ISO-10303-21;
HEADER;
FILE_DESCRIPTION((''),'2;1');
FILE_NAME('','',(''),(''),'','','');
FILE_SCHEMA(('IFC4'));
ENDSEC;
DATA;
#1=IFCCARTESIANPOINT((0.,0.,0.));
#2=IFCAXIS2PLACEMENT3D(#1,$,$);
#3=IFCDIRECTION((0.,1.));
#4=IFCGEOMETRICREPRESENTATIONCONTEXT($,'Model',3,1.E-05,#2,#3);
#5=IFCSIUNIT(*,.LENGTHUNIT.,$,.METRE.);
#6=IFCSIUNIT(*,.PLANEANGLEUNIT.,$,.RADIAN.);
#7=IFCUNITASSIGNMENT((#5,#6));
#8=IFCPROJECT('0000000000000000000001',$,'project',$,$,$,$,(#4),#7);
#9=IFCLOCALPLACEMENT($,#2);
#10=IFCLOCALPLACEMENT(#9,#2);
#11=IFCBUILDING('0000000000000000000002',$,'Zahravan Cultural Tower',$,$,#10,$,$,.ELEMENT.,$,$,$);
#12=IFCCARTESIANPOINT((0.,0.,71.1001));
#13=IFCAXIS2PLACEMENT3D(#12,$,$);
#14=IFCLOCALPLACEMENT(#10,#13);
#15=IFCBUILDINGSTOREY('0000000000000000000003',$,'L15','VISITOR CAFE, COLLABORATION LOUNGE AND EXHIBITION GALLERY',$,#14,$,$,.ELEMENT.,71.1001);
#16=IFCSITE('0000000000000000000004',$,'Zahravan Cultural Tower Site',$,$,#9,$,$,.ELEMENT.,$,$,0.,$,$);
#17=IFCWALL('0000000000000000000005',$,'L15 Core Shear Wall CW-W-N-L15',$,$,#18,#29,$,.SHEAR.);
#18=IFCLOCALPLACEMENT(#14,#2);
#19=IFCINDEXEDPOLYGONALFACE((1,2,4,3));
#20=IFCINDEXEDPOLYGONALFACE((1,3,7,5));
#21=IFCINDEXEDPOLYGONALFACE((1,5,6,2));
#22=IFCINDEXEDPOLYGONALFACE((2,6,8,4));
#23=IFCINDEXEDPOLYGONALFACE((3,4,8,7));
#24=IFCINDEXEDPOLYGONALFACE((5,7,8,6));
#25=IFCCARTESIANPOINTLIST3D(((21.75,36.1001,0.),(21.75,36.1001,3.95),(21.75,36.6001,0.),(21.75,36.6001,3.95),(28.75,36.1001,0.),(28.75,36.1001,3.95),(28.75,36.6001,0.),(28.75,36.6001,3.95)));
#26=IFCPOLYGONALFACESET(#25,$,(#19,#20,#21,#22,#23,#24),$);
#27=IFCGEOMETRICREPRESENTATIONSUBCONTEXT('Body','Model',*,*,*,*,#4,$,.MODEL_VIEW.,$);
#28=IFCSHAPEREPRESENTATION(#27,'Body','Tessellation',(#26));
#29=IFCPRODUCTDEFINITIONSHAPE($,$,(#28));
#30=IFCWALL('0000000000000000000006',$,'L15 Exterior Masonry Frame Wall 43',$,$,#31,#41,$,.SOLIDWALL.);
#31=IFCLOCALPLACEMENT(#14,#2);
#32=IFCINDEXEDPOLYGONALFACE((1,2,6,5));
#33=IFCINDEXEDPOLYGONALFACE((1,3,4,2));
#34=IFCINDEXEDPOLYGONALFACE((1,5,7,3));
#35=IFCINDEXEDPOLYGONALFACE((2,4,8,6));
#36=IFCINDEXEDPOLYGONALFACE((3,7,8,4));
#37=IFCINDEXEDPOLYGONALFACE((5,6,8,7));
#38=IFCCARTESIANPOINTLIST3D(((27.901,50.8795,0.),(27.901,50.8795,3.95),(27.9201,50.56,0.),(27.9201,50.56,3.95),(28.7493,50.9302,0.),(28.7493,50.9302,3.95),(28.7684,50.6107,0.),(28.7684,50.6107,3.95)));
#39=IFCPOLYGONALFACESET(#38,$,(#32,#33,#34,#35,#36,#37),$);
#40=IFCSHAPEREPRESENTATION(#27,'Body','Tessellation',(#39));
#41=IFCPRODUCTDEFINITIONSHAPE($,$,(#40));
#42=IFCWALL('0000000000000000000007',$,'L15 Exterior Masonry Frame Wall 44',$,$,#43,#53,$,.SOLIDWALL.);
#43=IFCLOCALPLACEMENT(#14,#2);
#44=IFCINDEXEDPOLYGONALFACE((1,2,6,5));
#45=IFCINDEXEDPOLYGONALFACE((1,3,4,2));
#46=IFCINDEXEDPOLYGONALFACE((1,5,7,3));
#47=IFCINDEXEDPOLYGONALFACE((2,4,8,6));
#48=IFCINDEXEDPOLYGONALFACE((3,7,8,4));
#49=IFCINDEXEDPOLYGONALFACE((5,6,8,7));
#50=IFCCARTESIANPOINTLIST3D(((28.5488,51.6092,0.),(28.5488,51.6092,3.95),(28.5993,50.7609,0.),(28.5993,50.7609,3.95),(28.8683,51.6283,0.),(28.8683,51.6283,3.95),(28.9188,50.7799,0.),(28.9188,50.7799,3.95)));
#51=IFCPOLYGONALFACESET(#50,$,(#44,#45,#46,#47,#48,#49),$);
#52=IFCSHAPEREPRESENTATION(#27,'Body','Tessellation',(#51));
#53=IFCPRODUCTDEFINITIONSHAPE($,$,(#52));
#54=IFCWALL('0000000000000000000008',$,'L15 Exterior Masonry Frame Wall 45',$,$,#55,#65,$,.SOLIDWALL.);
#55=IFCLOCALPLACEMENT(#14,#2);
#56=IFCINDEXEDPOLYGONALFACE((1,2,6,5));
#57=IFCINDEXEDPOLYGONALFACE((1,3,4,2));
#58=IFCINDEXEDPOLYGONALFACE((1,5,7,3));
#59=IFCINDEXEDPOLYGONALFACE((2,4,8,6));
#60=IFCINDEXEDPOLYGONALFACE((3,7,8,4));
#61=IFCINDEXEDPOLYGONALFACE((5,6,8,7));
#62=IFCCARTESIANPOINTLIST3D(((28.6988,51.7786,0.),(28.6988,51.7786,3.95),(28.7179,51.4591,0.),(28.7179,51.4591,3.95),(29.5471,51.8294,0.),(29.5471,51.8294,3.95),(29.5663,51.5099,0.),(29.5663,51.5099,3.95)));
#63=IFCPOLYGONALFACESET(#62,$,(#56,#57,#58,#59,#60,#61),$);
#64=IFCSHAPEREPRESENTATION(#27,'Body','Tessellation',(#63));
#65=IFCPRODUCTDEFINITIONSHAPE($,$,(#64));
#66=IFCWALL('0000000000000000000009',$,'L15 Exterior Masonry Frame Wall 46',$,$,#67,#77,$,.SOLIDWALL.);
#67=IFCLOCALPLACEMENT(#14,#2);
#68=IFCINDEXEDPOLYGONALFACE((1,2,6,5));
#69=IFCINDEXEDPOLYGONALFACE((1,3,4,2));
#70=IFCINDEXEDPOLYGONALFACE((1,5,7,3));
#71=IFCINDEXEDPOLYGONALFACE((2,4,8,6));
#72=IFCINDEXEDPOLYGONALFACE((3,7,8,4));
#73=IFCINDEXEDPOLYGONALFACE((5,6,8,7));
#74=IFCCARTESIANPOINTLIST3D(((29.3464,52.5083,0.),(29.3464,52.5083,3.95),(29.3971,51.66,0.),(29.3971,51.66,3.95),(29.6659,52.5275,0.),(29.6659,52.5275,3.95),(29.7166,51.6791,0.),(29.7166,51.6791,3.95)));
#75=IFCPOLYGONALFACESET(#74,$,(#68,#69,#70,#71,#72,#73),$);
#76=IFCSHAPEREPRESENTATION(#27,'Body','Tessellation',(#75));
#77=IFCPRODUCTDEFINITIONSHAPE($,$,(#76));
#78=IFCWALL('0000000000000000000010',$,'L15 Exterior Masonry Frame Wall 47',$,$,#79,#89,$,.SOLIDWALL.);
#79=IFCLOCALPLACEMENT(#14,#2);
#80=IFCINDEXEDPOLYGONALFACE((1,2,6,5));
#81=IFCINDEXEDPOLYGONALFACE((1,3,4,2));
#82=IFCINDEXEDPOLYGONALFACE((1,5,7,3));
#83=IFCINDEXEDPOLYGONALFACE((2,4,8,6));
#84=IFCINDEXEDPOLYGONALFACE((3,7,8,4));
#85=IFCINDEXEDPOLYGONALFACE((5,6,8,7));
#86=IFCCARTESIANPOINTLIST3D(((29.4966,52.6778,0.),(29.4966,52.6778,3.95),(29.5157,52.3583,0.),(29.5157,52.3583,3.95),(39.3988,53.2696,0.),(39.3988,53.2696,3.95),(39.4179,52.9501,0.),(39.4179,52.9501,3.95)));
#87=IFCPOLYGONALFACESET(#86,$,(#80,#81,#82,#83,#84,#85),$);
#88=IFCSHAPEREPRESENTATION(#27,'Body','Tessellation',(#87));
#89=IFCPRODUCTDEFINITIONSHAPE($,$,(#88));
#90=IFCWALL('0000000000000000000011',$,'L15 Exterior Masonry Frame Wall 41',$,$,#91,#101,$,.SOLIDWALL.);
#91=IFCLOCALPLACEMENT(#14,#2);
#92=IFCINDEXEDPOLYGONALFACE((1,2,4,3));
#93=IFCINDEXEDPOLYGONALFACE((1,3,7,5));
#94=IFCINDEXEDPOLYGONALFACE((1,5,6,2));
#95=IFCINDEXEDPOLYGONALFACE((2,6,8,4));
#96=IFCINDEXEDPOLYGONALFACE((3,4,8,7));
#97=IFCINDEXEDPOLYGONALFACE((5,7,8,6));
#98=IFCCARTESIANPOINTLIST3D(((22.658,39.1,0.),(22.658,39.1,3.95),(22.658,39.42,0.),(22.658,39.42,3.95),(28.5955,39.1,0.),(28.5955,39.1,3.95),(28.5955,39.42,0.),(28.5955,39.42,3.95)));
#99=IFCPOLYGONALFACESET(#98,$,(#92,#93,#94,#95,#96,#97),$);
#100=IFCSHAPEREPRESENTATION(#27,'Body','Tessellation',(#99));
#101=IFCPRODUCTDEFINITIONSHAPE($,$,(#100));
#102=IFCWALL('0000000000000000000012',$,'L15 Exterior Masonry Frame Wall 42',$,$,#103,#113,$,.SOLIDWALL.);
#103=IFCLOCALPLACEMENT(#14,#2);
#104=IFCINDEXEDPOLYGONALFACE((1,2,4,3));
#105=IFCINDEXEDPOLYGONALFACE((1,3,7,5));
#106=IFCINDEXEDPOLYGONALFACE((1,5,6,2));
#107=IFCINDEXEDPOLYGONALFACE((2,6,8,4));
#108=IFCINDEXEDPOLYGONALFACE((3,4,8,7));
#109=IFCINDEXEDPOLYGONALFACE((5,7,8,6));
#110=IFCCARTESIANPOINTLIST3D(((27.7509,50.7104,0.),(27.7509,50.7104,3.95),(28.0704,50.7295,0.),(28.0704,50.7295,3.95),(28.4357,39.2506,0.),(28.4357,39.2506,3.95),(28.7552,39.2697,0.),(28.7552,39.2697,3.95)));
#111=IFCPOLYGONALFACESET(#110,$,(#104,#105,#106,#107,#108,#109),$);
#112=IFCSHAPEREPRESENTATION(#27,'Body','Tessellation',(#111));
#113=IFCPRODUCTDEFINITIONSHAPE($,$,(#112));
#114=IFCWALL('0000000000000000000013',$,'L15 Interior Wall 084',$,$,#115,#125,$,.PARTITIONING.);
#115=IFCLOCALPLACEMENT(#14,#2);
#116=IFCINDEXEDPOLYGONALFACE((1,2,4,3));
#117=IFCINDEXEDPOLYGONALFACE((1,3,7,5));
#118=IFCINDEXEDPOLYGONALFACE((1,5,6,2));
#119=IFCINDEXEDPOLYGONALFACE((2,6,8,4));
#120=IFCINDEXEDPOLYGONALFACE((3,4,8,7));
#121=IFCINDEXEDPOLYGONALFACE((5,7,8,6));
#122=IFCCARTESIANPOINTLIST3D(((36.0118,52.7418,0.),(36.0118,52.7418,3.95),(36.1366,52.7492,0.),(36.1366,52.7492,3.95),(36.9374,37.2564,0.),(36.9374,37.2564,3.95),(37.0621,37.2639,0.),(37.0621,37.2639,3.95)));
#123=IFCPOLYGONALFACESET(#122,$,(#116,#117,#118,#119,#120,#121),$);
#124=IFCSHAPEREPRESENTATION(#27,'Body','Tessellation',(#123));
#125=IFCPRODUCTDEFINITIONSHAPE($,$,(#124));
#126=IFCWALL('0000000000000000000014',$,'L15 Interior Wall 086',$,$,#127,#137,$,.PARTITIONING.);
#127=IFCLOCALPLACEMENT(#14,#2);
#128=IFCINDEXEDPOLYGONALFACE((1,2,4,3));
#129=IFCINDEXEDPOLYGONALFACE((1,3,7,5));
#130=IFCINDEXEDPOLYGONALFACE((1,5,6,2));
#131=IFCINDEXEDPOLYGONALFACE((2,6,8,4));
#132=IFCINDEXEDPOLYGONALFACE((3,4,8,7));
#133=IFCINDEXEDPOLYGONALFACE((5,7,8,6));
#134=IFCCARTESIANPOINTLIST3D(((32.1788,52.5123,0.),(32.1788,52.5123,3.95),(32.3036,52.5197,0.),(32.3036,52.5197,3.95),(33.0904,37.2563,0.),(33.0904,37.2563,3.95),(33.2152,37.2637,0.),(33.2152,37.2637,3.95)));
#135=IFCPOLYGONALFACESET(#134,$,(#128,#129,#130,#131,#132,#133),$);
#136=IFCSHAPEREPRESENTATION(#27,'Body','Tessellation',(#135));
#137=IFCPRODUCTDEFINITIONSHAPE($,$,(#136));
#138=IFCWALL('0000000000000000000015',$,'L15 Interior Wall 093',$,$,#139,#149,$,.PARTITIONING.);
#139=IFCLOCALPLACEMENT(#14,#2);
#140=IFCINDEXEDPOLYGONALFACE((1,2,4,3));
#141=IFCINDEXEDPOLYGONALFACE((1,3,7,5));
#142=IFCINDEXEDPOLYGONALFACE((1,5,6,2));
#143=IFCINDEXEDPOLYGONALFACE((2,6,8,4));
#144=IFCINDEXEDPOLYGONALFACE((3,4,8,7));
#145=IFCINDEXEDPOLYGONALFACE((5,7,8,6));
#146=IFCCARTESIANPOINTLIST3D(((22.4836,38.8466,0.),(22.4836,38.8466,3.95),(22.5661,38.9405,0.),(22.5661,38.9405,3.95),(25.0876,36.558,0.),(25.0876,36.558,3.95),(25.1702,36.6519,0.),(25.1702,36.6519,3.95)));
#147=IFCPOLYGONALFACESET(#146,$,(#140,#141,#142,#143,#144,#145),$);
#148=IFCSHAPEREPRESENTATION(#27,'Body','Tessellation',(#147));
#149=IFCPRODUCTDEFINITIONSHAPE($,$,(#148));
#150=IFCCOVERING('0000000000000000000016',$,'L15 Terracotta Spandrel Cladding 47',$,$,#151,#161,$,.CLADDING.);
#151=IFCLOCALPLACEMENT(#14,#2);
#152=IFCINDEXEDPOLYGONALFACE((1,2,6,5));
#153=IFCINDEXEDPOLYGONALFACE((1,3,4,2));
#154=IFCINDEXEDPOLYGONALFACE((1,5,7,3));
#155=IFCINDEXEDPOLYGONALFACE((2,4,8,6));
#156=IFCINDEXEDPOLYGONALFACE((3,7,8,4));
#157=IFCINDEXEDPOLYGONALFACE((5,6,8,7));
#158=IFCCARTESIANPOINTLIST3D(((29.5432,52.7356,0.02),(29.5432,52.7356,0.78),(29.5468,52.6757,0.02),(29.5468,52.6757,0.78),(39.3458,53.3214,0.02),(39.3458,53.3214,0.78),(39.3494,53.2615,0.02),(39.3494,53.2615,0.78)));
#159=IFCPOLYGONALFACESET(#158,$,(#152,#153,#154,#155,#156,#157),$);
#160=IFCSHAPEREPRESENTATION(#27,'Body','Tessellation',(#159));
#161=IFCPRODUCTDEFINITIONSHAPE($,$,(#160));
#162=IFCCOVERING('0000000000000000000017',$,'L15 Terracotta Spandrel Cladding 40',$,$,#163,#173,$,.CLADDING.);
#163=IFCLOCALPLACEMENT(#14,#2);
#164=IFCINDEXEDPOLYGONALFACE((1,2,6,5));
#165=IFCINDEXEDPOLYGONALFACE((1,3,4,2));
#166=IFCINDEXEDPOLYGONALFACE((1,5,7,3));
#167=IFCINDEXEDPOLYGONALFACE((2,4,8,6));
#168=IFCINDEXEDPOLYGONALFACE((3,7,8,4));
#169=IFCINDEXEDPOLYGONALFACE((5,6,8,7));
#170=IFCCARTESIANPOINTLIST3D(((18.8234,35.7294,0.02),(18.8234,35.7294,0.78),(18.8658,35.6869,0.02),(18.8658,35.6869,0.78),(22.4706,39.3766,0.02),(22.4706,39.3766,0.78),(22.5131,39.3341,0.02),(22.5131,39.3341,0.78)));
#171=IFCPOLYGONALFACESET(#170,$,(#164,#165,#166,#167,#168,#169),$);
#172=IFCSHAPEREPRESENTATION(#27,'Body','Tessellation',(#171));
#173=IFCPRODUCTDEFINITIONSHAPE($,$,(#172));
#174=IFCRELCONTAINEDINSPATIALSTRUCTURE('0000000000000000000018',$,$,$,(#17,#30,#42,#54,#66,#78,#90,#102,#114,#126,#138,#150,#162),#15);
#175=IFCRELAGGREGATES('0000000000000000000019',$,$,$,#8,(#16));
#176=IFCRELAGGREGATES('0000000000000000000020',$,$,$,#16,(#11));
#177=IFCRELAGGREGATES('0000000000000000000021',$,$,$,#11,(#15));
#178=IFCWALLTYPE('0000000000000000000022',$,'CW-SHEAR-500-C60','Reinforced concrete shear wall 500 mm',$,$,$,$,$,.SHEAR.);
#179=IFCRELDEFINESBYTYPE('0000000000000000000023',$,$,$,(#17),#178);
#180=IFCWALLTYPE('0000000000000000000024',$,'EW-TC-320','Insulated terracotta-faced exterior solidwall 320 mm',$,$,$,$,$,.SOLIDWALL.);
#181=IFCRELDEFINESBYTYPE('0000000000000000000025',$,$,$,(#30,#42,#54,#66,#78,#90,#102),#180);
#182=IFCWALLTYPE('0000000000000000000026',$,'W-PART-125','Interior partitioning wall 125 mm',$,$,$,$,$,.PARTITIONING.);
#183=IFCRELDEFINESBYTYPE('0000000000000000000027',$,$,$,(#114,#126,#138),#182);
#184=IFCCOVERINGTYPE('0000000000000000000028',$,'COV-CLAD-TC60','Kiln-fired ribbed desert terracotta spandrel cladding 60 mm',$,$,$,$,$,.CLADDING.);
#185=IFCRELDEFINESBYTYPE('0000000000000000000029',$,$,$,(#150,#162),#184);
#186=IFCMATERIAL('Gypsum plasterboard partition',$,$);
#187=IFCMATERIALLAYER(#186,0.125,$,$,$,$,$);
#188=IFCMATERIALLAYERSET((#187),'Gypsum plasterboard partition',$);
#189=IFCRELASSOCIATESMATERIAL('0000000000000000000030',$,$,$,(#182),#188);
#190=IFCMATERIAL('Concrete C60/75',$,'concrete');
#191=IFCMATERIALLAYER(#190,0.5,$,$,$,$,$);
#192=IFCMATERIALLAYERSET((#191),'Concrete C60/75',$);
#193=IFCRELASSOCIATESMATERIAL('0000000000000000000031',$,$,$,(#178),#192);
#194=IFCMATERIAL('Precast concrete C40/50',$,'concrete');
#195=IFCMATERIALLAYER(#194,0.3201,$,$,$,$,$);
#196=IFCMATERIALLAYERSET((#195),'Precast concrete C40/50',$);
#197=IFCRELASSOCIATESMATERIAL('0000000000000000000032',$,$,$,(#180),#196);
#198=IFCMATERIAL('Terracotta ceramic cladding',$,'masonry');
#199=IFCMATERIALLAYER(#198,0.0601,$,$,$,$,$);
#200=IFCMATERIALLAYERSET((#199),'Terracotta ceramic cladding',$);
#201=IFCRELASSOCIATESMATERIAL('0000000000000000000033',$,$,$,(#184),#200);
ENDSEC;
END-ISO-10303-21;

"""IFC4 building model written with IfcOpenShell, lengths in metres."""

from ifc_helpers import new_model, si_unit, direction, frame, frame_2d, origin, origin_2d, place, context, subcontext, project, spatial, rectangle, extrude, source, transform, mapped, material, layer, layer_set, type_object, element, save


model = new_model("IFC4")

# Units and contexts
model_context = context("Model", 3, precision=1e-05, world=origin(), true_north=direction((0.0, 1.0)))
body_context = subcontext(model_context, "Body", "Model", "MODEL_VIEW")
ifc_project = project(units=[si_unit("LENGTHUNIT", "METRE"), si_unit("PLANEANGLEUNIT", "RADIAN")], contexts=[model_context])

# Site, building, storey
site_placement = place(None, origin())
site = spatial("IfcSite", under=ifc_project, at=site_placement, Name="Zahravan Cultural Tower Site", CompositionType="ELEMENT", RefElevation=0.0)
building_placement = place(site_placement, origin())
building = spatial("IfcBuilding", under=site, at=building_placement, Name="Zahravan Cultural Tower", CompositionType="ELEMENT")
storey_placement = place(building_placement, frame((0.0, 0.0, 71.1001)))
storey = spatial("IfcBuildingStorey", under=building, at=storey_placement, Name="L15", Description="VISITOR CAFE, COLLABORATION LOUNGE AND EXHIBITION GALLERY", CompositionType="ELEMENT", Elevation=71.1001)

# Shared definitions
ifc_material_1 = material(Name="Concrete C60/75", Category="concrete")

# Shared definitions
ifc_material_2 = material(Name="Gypsum plasterboard partition")
ifc_layer_1 = layer(ifc_material_2, 0.125)
ifc_layer_set_1 = layer_set([ifc_layer_1], Name="Gypsum plasterboard partition")
wall_type_1 = type_object("IfcWallType", Name="W-PART-125", Description="Interior partitioning wall 125 mm", PredefinedType="PARTITIONING", material=ifc_layer_set_1)

# Walls
ifc_layer_2 = layer(ifc_material_1, 0.5)
ifc_layer_set_2 = layer_set([ifc_layer_2], Name="Concrete C60/75")
wall_type_2 = type_object("IfcWallType", Name="CW-SHEAR-500-C60", Description="Reinforced concrete shear wall 500 mm", PredefinedType="SHEAR", material=ifc_layer_set_2)
shared_shape_1 = source(origin(), body_context, "Body", "SweptSolid", [
    extrude(rectangle(XDim=7.0, YDim=0.5, at=frame_2d((3.5, 0.0))), origin(), (0.0, 0.0, 1.0), 3.95),
])
wall_1_placement = place(storey_placement, frame((21.75, 36.3501, 0.0), z_axis=(0.0, 0.0, 1.0), x_axis=(1.0, 0.0, 0.0)))
element("IfcWall", 1, at=wall_1_placement, inside=storey, type_object=wall_type_2, Name="L15 Core Shear Wall CW-W-N-L15", PredefinedType="SHEAR", context=body_context, shape_type="MappedRepresentation", body=[
    mapped(shared_shape_1, transform((0.0, 0.0, 0.0), x_axis=(1.0, 0.0, 0.0), y_axis=(0.0, 1.0, 0.0), z_axis=(0.0, 0.0, 1.0), scale=1.0)),
])
ifc_material_3 = material(Name="Precast concrete C40/50", Category="concrete")
ifc_layer_3 = layer(ifc_material_3, 0.3201)
ifc_layer_set_3 = layer_set([ifc_layer_3], Name="Precast concrete C40/50")
wall_type_3 = type_object("IfcWallType", Name="EW-TC-320", Description="Insulated terracotta-faced exterior solidwall 320 mm", PredefinedType="SOLIDWALL", material=ifc_layer_set_3)
shared_shape_2 = source(origin(), body_context, "Body", "SweptSolid", [
    extrude(rectangle(XDim=0.8499, YDim=0.3201, at=frame_2d((0.4248, 0.0))), origin(), (0.0, 0.0, 1.0), 3.95),
])
for number, where, z_axis, x_axis, name in (
    (2, (27.9106, 50.7197, 0.0), (0.0, 0.0, 1.0), (0.998213, 0.059749, 0.0), "L15 Exterior Masonry Frame Wall 43"),
    (3, (28.759, 50.7705, 0.0), (0.0, 0.0, 1.0), (-0.059463, 0.998231, 0.0), "L15 Exterior Masonry Frame Wall 44"),
    (4, (28.7085, 51.6189, 0.0), (0.0, 0.0, 1.0), (0.998213, 0.059749, 0.0), "L15 Exterior Masonry Frame Wall 45"),
    (5, (29.5569, 51.6697, 0.0), (0.0, 0.0, 1.0), (-0.059749, 0.998213, 0.0), "L15 Exterior Masonry Frame Wall 46"),
):
    element("IfcWall", number, at=place(storey_placement, frame(where, z_axis=z_axis, x_axis=x_axis)), inside=storey, type_object=wall_type_3, Name=name, PredefinedType="SOLIDWALL", context=body_context, shape_type="MappedRepresentation", body=[
        mapped(shared_shape_2, transform((0.0, 0.0, 0.0), x_axis=(1.0, 0.0, 0.0), y_axis=(0.0, 1.0, 0.0), z_axis=(0.0, 0.0, 1.0), scale=1.0)),
    ])
shared_shape_3 = source(origin(), body_context, "Body", "SweptSolid", [
    extrude(rectangle(XDim=9.9199, YDim=0.3201, at=frame_2d((4.96, 0.0))), origin(), (0.0, 0.0, 1.0), 3.95),
])
wall_2_placement = place(storey_placement, frame((29.5061, 52.5181, 0.0), z_axis=(0.0, 0.0, 1.0), x_axis=(0.998219, 0.059657, 0.0)))
element("IfcWall", 6, at=wall_2_placement, inside=storey, type_object=wall_type_3, Name="L15 Exterior Masonry Frame Wall 47", PredefinedType="SOLIDWALL", context=body_context, shape_type="MappedRepresentation", body=[
    mapped(shared_shape_3, transform((0.0, 0.0, 0.0), x_axis=(1.0, 0.0, 0.0), y_axis=(0.0, 1.0, 0.0), z_axis=(0.0, 0.0, 1.0), scale=1.0)),
])
shared_shape_4 = source(origin(), body_context, "Body", "SweptSolid", [
    extrude(rectangle(XDim=5.9375, YDim=0.3201, at=frame_2d((2.9688, 0.0))), origin(), (0.0, 0.0, 1.0), 3.95),
])
wall_3_placement = place(storey_placement, frame((22.658, 39.26, 0.0), z_axis=(0.0, 0.0, 1.0), x_axis=(1.0, 0.0, 0.0)))
element("IfcWall", 7, at=wall_3_placement, inside=storey, type_object=wall_type_3, Name="L15 Exterior Masonry Frame Wall 41", PredefinedType="SOLIDWALL", context=body_context, shape_type="MappedRepresentation", body=[
    mapped(shared_shape_4, transform((0.0, 0.0, 0.0), x_axis=(1.0, 0.0, 0.0), y_axis=(0.0, 1.0, 0.0), z_axis=(0.0, 0.0, 1.0), scale=1.0)),
])
shared_shape_5 = source(origin(), body_context, "Body", "SweptSolid", [
    extrude(rectangle(XDim=11.4802, YDim=0.3201, at=frame_2d((5.7402, 0.0))), origin(), (0.0, 0.0, 1.0), 3.95),
])
wall_4_placement = place(storey_placement, frame((28.5955, 39.26, 0.0), z_axis=(0.0, 0.0, 1.0), x_axis=(-0.059652, 0.998219, 0.0)))
element("IfcWall", 8, at=wall_4_placement, inside=storey, type_object=wall_type_3, Name="L15 Exterior Masonry Frame Wall 42", PredefinedType="SOLIDWALL", context=body_context, shape_type="MappedRepresentation", body=[
    mapped(shared_shape_5, transform((0.0, 0.0, 0.0), x_axis=(1.0, 0.0, 0.0), y_axis=(0.0, 1.0, 0.0), z_axis=(0.0, 0.0, 1.0), scale=1.0)),
])
shared_shape_6 = source(origin(), body_context, "Body", "SweptSolid", [
    extrude(rectangle(XDim=15.5129, YDim=0.125, at=frame_2d((7.7563, 0.0))), origin(), (0.0, 0.0, 1.0), 3.95),
])
wall_5_placement = place(storey_placement, frame((36.0742, 52.7454, 0.0), z_axis=(0.0, 0.0, 1.0), x_axis=(0.059662, -0.998219, 0.0)))
element("IfcWall", 9, at=wall_5_placement, inside=storey, type_object=wall_type_1, Name="L15 Interior Wall 084", PredefinedType="PARTITIONING", context=body_context, shape_type="MappedRepresentation", body=[
    mapped(shared_shape_6, transform((0.0, 0.0, 0.0), x_axis=(1.0, 0.0, 0.0), y_axis=(0.0, 1.0, 0.0), z_axis=(0.0, 0.0, 1.0), scale=1.0)),
])
shared_shape_7 = source(origin(), body_context, "Body", "SweptSolid", [
    extrude(rectangle(XDim=15.2832, YDim=0.125, at=frame_2d((7.6416, 0.0))), origin(), (0.0, 0.0, 1.0), 3.95),
])
wall_6_placement = place(storey_placement, frame((33.1528, 37.26, 0.0), z_axis=(0.0, 0.0, 1.0), x_axis=(-0.059648, 0.998219, 0.0)))
element("IfcWall", 10, at=wall_6_placement, inside=storey, type_object=wall_type_1, Name="L15 Interior Wall 086", PredefinedType="PARTITIONING", context=body_context, shape_type="MappedRepresentation", body=[
    mapped(shared_shape_7, transform((0.0, 0.0, 0.0), x_axis=(1.0, 0.0, 0.0), y_axis=(0.0, 1.0, 0.0), z_axis=(0.0, 0.0, 1.0), scale=1.0)),
])
shared_shape_8 = source(origin(), body_context, "Body", "SweptSolid", [
    extrude(rectangle(XDim=3.4668, YDim=0.125, at=frame_2d((1.7334, 0.0))), origin(), (0.0, 0.0, 1.0), 3.95),
])
wall_7_placement = place(storey_placement, frame((25.1289, 36.605, 0.0), z_axis=(0.0, 0.0, 1.0), x_axis=(-0.751135, 0.660148, 0.0)))
element("IfcWall", 11, at=wall_7_placement, inside=storey, type_object=wall_type_1, Name="L15 Interior Wall 093", PredefinedType="PARTITIONING", context=body_context, shape_type="MappedRepresentation", body=[
    mapped(shared_shape_8, transform((0.0, 0.0, 0.0), x_axis=(1.0, 0.0, 0.0), y_axis=(0.0, 1.0, 0.0), z_axis=(0.0, 0.0, 1.0), scale=1.0)),
])

# Coverings
ifc_material_4 = material(Name="Terracotta ceramic cladding", Category="masonry")
ifc_layer_4 = layer(ifc_material_4, 0.0601)
ifc_layer_set_4 = layer_set([ifc_layer_4], Name="Terracotta ceramic cladding")
covering_type = type_object("IfcCoveringType", Name="COV-CLAD-TC60", Description="Kiln-fired ribbed desert terracotta spandrel cladding 60 mm", PredefinedType="CLADDING", material=ifc_layer_set_4)
shared_shape_9 = source(origin(), body_context, "Body", "SweptSolid", [
    extrude(rectangle(XDim=9.8201, YDim=0.0601, at=origin_2d()), origin(), (0.0, 0.0, 1.0), 0.76),
])
covering_1_placement = place(storey_placement, frame((34.4463, 52.9985, 0.02), z_axis=(0.0, 0.0, 1.0), x_axis=(0.998219, 0.059655, 0.0)))
element("IfcCovering", 12, at=covering_1_placement, inside=storey, type_object=covering_type, Name="L15 Terracotta Spandrel Cladding 47", PredefinedType="CLADDING", context=body_context, shape_type="MappedRepresentation", body=[
    mapped(shared_shape_9, transform((0.0, 0.0, 0.0), x_axis=(1.0, 0.0, 0.0), y_axis=(0.0, 1.0, 0.0), z_axis=(0.0, 0.0, 1.0), scale=1.0)),
])
shared_shape_10 = source(origin(), body_context, "Body", "SweptSolid", [
    extrude(rectangle(XDim=5.158, YDim=0.0601, at=origin_2d()), origin(), (0.0, 0.0, 1.0), 0.76),
])
covering_2_placement = place(storey_placement, frame((20.6682, 37.5317, 0.02), z_axis=(0.0, 0.0, 1.0), x_axis=(0.707107, 0.707107, 0.0)))
element("IfcCovering", 13, at=covering_2_placement, inside=storey, type_object=covering_type, Name="L15 Terracotta Spandrel Cladding 40", PredefinedType="CLADDING", context=body_context, shape_type="MappedRepresentation", body=[
    mapped(shared_shape_10, transform((0.0, 0.0, 0.0), x_axis=(1.0, 0.0, 0.0), y_axis=(0.0, 1.0, 0.0), z_axis=(0.0, 0.0, 1.0), scale=1.0)),
])

save(model, "model.ifc")
